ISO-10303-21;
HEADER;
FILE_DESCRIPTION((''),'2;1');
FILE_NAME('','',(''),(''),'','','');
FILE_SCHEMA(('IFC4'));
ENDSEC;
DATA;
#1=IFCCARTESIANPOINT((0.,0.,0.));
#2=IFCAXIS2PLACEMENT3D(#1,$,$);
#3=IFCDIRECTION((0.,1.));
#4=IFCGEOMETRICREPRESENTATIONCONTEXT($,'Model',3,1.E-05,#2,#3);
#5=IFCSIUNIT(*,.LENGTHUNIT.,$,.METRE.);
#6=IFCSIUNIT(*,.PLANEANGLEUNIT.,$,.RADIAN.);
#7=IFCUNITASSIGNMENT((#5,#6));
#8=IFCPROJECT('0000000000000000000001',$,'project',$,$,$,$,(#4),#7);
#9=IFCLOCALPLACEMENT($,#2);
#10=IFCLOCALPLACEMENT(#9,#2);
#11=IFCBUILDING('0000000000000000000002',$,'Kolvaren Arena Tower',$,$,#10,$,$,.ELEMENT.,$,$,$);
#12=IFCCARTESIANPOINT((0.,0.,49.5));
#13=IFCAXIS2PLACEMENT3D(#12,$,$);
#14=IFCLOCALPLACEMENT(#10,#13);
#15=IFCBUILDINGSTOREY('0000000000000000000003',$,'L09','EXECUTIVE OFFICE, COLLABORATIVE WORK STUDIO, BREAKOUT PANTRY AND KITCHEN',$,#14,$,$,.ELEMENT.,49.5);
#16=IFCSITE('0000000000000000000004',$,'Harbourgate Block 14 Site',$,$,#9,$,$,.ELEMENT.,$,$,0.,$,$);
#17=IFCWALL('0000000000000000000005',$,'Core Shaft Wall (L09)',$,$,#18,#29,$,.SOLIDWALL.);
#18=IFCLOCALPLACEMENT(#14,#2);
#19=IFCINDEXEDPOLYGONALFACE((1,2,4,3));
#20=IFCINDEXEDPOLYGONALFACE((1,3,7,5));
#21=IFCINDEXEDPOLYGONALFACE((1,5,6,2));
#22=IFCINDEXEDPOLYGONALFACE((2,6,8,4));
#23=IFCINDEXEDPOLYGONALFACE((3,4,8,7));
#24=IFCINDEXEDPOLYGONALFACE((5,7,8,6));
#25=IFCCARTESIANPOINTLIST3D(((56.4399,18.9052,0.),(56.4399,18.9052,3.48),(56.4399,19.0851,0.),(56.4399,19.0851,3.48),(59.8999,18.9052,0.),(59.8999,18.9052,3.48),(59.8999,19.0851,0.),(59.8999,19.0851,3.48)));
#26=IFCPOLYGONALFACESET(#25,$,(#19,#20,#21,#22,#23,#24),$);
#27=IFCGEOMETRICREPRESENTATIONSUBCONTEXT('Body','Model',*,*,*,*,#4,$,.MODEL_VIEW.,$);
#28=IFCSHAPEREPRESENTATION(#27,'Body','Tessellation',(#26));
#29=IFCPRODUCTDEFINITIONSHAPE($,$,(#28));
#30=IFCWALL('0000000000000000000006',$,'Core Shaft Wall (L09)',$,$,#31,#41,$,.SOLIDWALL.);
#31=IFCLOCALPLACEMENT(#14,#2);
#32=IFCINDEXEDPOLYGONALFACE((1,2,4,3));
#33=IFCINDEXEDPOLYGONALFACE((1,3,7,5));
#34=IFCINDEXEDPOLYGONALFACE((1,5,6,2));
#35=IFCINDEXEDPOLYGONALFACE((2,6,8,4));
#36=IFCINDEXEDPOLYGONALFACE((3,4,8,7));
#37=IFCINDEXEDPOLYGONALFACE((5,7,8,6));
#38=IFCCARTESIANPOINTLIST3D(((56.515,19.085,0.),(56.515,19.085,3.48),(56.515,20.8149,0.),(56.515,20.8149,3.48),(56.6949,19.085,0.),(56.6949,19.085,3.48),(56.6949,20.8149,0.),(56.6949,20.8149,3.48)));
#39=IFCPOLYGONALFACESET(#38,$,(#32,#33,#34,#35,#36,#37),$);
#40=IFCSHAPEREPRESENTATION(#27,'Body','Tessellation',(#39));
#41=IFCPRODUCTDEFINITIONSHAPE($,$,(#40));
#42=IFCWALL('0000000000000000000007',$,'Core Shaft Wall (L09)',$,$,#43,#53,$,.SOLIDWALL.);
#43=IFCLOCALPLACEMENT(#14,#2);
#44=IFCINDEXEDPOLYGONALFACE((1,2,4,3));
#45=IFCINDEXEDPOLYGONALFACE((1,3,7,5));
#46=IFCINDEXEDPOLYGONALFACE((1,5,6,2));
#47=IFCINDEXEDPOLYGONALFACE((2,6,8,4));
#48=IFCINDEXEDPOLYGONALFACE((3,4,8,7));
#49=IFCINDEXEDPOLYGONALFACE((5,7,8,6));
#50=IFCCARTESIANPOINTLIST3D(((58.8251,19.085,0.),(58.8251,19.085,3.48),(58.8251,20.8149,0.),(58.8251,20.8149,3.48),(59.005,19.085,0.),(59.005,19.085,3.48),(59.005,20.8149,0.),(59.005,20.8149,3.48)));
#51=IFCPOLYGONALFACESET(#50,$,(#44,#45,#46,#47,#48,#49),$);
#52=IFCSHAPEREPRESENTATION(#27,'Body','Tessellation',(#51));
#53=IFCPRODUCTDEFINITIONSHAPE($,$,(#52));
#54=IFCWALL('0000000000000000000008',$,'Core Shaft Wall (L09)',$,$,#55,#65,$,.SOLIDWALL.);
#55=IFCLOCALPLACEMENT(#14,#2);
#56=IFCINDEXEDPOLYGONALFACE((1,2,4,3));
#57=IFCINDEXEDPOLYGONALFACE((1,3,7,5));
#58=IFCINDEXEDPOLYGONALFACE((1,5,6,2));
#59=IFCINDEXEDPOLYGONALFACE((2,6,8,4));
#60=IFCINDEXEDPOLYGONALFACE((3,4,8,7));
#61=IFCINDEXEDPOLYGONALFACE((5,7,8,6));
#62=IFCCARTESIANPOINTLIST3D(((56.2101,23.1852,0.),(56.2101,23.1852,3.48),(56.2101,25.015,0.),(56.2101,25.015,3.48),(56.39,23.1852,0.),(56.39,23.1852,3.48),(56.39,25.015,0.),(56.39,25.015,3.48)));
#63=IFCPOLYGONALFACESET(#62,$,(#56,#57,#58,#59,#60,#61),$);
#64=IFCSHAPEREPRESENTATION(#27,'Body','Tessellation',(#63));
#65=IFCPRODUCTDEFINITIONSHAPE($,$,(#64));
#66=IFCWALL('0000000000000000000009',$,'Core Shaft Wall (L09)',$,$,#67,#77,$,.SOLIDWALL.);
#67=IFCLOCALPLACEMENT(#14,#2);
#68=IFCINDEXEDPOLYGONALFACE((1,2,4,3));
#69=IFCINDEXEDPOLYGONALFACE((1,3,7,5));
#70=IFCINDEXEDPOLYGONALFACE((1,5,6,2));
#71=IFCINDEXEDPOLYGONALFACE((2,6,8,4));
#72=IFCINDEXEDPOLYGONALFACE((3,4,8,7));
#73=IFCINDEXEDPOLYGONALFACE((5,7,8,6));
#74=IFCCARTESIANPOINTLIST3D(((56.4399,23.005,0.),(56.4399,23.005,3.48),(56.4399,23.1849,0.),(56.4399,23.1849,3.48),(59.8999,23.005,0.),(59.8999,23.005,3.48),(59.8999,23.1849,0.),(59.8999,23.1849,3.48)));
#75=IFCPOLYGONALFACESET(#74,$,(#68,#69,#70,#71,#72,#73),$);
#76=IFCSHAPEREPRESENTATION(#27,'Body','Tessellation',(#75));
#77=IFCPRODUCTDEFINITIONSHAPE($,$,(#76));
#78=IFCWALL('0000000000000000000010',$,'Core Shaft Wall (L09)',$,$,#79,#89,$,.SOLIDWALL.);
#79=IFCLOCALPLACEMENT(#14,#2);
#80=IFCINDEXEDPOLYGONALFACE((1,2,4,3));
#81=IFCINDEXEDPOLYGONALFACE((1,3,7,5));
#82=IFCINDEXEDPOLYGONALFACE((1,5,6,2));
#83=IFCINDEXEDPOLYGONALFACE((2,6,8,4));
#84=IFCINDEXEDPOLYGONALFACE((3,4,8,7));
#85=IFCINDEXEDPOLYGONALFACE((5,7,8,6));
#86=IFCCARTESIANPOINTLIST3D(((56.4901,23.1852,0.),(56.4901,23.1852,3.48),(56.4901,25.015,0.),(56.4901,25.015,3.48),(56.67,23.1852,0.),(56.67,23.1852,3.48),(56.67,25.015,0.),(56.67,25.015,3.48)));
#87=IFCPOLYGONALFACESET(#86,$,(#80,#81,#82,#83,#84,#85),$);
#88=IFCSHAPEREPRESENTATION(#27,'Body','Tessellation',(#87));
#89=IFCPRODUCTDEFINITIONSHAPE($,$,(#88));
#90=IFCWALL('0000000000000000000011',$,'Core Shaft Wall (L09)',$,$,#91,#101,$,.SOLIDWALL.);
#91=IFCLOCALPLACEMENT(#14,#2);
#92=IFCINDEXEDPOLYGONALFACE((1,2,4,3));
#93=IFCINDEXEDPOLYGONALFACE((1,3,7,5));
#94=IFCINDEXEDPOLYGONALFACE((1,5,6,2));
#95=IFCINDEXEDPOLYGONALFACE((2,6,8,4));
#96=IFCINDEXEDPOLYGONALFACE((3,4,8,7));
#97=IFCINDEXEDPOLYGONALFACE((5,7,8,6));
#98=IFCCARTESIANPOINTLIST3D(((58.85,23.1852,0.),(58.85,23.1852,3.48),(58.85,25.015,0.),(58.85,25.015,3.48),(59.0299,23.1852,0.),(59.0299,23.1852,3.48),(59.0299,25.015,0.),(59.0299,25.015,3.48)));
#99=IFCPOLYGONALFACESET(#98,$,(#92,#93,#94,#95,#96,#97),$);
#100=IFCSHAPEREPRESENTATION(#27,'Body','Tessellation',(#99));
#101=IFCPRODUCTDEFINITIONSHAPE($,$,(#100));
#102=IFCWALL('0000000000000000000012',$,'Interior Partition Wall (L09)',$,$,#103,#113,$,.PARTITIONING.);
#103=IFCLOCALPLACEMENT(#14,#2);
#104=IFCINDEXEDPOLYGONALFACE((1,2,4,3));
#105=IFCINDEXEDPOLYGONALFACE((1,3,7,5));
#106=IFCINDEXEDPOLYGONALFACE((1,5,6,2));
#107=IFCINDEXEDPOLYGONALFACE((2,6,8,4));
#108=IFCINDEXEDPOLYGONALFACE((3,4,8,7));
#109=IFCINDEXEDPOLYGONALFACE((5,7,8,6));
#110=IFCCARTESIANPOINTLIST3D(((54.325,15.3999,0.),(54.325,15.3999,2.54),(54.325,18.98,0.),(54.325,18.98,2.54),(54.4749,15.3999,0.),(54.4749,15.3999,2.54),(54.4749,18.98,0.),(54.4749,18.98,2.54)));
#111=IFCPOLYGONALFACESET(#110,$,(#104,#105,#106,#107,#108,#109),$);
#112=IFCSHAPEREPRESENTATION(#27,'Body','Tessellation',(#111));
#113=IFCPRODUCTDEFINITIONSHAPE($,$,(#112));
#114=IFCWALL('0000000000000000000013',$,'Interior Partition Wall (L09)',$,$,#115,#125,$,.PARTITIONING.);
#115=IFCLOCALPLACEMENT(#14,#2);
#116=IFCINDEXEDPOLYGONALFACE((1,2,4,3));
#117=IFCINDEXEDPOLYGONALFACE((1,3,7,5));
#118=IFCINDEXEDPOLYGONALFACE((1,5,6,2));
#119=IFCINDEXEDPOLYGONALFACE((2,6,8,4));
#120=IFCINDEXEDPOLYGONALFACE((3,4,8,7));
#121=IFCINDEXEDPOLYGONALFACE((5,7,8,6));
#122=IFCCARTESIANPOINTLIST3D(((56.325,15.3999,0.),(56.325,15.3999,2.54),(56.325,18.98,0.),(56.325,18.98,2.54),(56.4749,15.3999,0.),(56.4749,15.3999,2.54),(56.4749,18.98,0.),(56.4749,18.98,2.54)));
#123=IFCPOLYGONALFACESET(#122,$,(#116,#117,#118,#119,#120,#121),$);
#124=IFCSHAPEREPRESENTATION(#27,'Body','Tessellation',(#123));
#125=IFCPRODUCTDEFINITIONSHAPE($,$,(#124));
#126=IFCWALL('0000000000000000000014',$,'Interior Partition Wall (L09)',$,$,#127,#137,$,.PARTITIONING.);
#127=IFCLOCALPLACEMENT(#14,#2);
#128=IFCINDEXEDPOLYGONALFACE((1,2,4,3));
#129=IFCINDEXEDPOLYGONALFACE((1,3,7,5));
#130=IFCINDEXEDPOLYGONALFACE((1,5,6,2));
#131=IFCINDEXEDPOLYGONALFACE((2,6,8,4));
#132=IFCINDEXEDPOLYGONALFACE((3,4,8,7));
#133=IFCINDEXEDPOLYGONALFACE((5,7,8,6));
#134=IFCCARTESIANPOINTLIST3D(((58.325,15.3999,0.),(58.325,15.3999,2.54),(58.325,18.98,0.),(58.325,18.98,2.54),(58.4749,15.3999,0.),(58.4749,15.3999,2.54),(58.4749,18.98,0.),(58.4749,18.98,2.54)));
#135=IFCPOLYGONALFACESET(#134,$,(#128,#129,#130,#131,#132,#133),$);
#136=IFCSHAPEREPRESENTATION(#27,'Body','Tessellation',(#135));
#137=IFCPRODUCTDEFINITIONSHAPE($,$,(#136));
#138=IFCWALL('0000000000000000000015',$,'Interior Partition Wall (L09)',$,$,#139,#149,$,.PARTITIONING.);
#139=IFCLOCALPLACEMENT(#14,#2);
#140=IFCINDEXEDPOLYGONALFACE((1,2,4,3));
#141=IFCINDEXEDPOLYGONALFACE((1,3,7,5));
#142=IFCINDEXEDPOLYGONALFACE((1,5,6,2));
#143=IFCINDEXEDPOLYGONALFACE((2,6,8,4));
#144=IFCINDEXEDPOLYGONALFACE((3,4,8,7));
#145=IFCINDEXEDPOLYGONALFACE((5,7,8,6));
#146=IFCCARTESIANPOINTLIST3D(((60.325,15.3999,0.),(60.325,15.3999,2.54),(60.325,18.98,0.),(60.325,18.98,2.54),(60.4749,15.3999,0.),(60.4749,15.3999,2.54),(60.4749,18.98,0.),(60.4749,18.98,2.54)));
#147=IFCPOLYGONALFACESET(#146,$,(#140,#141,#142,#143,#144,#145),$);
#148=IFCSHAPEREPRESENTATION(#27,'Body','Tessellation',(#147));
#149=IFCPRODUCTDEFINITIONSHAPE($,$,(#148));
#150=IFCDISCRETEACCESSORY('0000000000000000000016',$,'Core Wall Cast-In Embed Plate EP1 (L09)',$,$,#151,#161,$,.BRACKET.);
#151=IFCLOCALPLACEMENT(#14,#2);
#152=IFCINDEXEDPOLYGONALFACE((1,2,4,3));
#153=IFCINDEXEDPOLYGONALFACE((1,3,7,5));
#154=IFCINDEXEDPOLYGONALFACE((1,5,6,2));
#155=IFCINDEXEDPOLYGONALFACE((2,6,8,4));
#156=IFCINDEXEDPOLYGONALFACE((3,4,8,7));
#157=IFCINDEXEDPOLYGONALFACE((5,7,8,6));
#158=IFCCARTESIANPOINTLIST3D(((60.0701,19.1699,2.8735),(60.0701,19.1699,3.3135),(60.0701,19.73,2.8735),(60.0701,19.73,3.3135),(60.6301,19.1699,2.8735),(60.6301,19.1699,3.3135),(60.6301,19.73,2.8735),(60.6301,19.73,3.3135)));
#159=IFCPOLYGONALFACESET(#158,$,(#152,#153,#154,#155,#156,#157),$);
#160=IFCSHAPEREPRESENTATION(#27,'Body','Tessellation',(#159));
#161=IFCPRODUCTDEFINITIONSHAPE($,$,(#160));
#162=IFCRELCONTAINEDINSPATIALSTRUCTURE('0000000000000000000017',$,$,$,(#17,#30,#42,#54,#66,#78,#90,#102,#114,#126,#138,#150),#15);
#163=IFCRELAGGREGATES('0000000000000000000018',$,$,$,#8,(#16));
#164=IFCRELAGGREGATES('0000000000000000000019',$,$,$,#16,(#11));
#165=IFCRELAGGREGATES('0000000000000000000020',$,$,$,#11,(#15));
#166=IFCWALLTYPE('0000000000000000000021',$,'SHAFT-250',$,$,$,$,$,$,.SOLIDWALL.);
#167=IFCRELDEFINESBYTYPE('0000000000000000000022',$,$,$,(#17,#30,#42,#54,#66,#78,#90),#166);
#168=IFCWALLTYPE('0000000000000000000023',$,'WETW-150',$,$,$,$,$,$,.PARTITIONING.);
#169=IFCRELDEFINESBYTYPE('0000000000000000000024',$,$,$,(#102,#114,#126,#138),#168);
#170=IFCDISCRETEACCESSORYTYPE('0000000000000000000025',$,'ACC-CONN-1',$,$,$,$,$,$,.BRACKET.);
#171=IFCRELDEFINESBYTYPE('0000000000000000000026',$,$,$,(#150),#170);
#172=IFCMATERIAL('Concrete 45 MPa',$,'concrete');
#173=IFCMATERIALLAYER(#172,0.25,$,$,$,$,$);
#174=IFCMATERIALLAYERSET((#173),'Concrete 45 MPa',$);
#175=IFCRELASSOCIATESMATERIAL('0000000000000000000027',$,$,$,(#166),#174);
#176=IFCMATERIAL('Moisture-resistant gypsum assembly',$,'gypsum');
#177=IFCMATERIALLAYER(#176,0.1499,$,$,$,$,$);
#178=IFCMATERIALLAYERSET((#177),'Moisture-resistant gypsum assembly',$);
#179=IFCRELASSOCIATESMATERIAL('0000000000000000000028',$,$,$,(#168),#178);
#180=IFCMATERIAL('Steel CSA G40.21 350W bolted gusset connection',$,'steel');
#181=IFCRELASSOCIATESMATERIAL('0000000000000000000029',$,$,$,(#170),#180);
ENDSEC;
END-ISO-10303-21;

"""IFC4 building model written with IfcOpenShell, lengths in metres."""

from ifc_helpers import new_model, si_unit, direction, frame, frame_2d, origin, origin_2d, place, context, subcontext, project, spatial, rectangle, extrude, material, layer, layer_set, type_object, element, save


model = new_model("IFC4")

# Units and contexts
model_context = context("Model", 3, precision=1e-05, world=origin(), true_north=direction((0.0, 1.0)))
body_context = subcontext(model_context, "Body", "Model", "MODEL_VIEW")
ifc_project = project(units=[si_unit("LENGTHUNIT", "METRE"), si_unit("PLANEANGLEUNIT", "RADIAN")], contexts=[model_context])

# Site, building, storey
site_placement = place(None, origin())
site = spatial("IfcSite", under=ifc_project, at=site_placement, Name="Harbourgate Block 14 Site", CompositionType="ELEMENT", RefElevation=0.0)
building_placement = place(site_placement, origin())
building = spatial("IfcBuilding", under=site, at=building_placement, Name="Kolvaren Arena Tower", CompositionType="ELEMENT")
storey_placement = place(building_placement, frame((0.0, 0.0, 49.5)))
storey = spatial("IfcBuildingStorey", under=building, at=storey_placement, Name="L09", Description="EXECUTIVE OFFICE, COLLABORATIVE WORK STUDIO, BREAKOUT PANTRY AND KITCHEN", CompositionType="ELEMENT", Elevation=49.5)

# Shared definitions
ifc_material_1 = material(Name="Concrete 45 MPa", Category="concrete")
ifc_layer_1 = layer(ifc_material_1, 0.25)
ifc_layer_set_1 = layer_set([ifc_layer_1], Name="Concrete 45 MPa")
wall_type_1 = type_object("IfcWallType", Name="SHAFT-250", PredefinedType="SOLIDWALL", material=ifc_layer_set_1)

# Walls
wall_1_placement = place(storey_placement, frame((56.4399, 18.9951, 0.0), z_axis=(0.0, 0.0, 1.0), x_axis=(1.0, 0.0, 0.0)))
element("IfcWall", 1, at=wall_1_placement, inside=storey, type_object=wall_type_1, Name="Core Shaft Wall (L09)", PredefinedType="SOLIDWALL", context=body_context, shape_type="SweptSolid", body=[
    extrude(rectangle(XDim=3.46, YDim=0.1799, at=frame_2d((1.73, 0.0))), origin(), (0.0, 0.0, 1.0), 3.48),
])
for number, where, z_axis, x_axis, name in (
    (2, (56.605, 19.085, 0.0), (0.0, 0.0, 1.0), (0.0, 1.0, 0.0), "Core Shaft Wall (L09)"),
    (3, (58.915, 19.085, 0.0), (0.0, 0.0, 1.0), (0.0, 1.0, 0.0), "Core Shaft Wall (L09)"),
):
    element("IfcWall", number, at=place(storey_placement, frame(where, z_axis=z_axis, x_axis=x_axis)), inside=storey, type_object=wall_type_1, Name=name, PredefinedType="SOLIDWALL", context=body_context, shape_type="SweptSolid", body=[
        extrude(rectangle(XDim=1.73, YDim=0.1799, at=frame_2d((0.865, 0.0))), origin(), (0.0, 0.0, 1.0), 3.48),
    ])
wall_2_placement = place(storey_placement, frame((56.3, 23.1851, 0.0), z_axis=(0.0, 0.0, 1.0), x_axis=(0.0, 1.0, 0.0)))
element("IfcWall", 4, at=wall_2_placement, inside=storey, type_object=wall_type_1, Name="Core Shaft Wall (L09)", PredefinedType="SOLIDWALL", context=body_context, shape_type="SweptSolid", body=[
    extrude(rectangle(XDim=1.8298, YDim=0.1799, at=frame_2d((0.915, 0.0))), origin(), (0.0, 0.0, 1.0), 3.48),
])
wall_3_placement = place(storey_placement, frame((56.4399, 23.095, 0.0), z_axis=(0.0, 0.0, 1.0), x_axis=(1.0, 0.0, 0.0)))
element("IfcWall", 5, at=wall_3_placement, inside=storey, type_object=wall_type_1, Name="Core Shaft Wall (L09)", PredefinedType="SOLIDWALL", context=body_context, shape_type="SweptSolid", body=[
    extrude(rectangle(XDim=3.46, YDim=0.1799, at=frame_2d((1.73, 0.0))), origin(), (0.0, 0.0, 1.0), 3.48),
])
for number, where, z_axis, x_axis, name in (
    (6, (56.5801, 23.1851, 0.0), (0.0, 0.0, 1.0), (0.0, 1.0, 0.0), "Core Shaft Wall (L09)"),
    (7, (58.9399, 23.1851, 0.0), (0.0, 0.0, 1.0), (0.0, 1.0, 0.0), "Core Shaft Wall (L09)"),
):
    element("IfcWall", number, at=place(storey_placement, frame(where, z_axis=z_axis, x_axis=x_axis)), inside=storey, type_object=wall_type_1, Name=name, PredefinedType="SOLIDWALL", context=body_context, shape_type="SweptSolid", body=[
        extrude(rectangle(XDim=1.8298, YDim=0.1799, at=frame_2d((0.915, 0.0))), origin(), (0.0, 0.0, 1.0), 3.48),
    ])
ifc_material_2 = material(Name="Moisture-resistant gypsum assembly", Category="gypsum")
ifc_layer_2 = layer(ifc_material_2, 0.1499)
ifc_layer_set_2 = layer_set([ifc_layer_2], Name="Moisture-resistant gypsum assembly")
wall_type_2 = type_object("IfcWallType", Name="WETW-150", PredefinedType="PARTITIONING", material=ifc_layer_set_2)
for number, where, z_axis, x_axis, name in (
    (8, (54.3999, 15.3999, 0.0), (0.0, 0.0, 1.0), (0.0, 1.0, 0.0), "Interior Partition Wall (L09)"),
    (9, (56.3999, 15.3999, 0.0), (0.0, 0.0, 1.0), (0.0, 1.0, 0.0), "Interior Partition Wall (L09)"),
    (10, (58.3999, 15.3999, 0.0), (0.0, 0.0, 1.0), (0.0, 1.0, 0.0), "Interior Partition Wall (L09)"),
    (11, (60.3999, 15.3999, 0.0), (0.0, 0.0, 1.0), (0.0, 1.0, 0.0), "Interior Partition Wall (L09)"),
):
    element("IfcWall", number, at=place(storey_placement, frame(where, z_axis=z_axis, x_axis=x_axis)), inside=storey, type_object=wall_type_2, Name=name, PredefinedType="PARTITIONING", context=body_context, shape_type="SweptSolid", body=[
        extrude(rectangle(XDim=3.5801, YDim=0.1499, at=frame_2d((1.79, 0.0))), origin(), (0.0, 0.0, 1.0), 2.54),
    ])

# Discrete accessory
ifc_material_3 = material(Name="Steel CSA G40.21 350W bolted gusset connection", Category="steel")
discrete_accessory_type = type_object("IfcDiscreteAccessoryType", Name="ACC-CONN-1", PredefinedType="BRACKET", material=ifc_material_3)
discrete_accessory_placement = place(storey_placement, frame((60.3501, 19.45, 2.8735), z_axis=(0.0, 0.0, 1.0), x_axis=(1.0, 0.0, 0.0)))
element("IfcDiscreteAccessory", 12, at=discrete_accessory_placement, inside=storey, type_object=discrete_accessory_type, Name="Core Wall Cast-In Embed Plate EP1 (L09)", PredefinedType="BRACKET", context=body_context, shape_type="SweptSolid", body=[
    extrude(rectangle(XDim=0.5601, YDim=0.5601, at=origin_2d()), origin(), (0.0, 0.0, 1.0), 0.4399),
])

save(model, "model.ifc")
